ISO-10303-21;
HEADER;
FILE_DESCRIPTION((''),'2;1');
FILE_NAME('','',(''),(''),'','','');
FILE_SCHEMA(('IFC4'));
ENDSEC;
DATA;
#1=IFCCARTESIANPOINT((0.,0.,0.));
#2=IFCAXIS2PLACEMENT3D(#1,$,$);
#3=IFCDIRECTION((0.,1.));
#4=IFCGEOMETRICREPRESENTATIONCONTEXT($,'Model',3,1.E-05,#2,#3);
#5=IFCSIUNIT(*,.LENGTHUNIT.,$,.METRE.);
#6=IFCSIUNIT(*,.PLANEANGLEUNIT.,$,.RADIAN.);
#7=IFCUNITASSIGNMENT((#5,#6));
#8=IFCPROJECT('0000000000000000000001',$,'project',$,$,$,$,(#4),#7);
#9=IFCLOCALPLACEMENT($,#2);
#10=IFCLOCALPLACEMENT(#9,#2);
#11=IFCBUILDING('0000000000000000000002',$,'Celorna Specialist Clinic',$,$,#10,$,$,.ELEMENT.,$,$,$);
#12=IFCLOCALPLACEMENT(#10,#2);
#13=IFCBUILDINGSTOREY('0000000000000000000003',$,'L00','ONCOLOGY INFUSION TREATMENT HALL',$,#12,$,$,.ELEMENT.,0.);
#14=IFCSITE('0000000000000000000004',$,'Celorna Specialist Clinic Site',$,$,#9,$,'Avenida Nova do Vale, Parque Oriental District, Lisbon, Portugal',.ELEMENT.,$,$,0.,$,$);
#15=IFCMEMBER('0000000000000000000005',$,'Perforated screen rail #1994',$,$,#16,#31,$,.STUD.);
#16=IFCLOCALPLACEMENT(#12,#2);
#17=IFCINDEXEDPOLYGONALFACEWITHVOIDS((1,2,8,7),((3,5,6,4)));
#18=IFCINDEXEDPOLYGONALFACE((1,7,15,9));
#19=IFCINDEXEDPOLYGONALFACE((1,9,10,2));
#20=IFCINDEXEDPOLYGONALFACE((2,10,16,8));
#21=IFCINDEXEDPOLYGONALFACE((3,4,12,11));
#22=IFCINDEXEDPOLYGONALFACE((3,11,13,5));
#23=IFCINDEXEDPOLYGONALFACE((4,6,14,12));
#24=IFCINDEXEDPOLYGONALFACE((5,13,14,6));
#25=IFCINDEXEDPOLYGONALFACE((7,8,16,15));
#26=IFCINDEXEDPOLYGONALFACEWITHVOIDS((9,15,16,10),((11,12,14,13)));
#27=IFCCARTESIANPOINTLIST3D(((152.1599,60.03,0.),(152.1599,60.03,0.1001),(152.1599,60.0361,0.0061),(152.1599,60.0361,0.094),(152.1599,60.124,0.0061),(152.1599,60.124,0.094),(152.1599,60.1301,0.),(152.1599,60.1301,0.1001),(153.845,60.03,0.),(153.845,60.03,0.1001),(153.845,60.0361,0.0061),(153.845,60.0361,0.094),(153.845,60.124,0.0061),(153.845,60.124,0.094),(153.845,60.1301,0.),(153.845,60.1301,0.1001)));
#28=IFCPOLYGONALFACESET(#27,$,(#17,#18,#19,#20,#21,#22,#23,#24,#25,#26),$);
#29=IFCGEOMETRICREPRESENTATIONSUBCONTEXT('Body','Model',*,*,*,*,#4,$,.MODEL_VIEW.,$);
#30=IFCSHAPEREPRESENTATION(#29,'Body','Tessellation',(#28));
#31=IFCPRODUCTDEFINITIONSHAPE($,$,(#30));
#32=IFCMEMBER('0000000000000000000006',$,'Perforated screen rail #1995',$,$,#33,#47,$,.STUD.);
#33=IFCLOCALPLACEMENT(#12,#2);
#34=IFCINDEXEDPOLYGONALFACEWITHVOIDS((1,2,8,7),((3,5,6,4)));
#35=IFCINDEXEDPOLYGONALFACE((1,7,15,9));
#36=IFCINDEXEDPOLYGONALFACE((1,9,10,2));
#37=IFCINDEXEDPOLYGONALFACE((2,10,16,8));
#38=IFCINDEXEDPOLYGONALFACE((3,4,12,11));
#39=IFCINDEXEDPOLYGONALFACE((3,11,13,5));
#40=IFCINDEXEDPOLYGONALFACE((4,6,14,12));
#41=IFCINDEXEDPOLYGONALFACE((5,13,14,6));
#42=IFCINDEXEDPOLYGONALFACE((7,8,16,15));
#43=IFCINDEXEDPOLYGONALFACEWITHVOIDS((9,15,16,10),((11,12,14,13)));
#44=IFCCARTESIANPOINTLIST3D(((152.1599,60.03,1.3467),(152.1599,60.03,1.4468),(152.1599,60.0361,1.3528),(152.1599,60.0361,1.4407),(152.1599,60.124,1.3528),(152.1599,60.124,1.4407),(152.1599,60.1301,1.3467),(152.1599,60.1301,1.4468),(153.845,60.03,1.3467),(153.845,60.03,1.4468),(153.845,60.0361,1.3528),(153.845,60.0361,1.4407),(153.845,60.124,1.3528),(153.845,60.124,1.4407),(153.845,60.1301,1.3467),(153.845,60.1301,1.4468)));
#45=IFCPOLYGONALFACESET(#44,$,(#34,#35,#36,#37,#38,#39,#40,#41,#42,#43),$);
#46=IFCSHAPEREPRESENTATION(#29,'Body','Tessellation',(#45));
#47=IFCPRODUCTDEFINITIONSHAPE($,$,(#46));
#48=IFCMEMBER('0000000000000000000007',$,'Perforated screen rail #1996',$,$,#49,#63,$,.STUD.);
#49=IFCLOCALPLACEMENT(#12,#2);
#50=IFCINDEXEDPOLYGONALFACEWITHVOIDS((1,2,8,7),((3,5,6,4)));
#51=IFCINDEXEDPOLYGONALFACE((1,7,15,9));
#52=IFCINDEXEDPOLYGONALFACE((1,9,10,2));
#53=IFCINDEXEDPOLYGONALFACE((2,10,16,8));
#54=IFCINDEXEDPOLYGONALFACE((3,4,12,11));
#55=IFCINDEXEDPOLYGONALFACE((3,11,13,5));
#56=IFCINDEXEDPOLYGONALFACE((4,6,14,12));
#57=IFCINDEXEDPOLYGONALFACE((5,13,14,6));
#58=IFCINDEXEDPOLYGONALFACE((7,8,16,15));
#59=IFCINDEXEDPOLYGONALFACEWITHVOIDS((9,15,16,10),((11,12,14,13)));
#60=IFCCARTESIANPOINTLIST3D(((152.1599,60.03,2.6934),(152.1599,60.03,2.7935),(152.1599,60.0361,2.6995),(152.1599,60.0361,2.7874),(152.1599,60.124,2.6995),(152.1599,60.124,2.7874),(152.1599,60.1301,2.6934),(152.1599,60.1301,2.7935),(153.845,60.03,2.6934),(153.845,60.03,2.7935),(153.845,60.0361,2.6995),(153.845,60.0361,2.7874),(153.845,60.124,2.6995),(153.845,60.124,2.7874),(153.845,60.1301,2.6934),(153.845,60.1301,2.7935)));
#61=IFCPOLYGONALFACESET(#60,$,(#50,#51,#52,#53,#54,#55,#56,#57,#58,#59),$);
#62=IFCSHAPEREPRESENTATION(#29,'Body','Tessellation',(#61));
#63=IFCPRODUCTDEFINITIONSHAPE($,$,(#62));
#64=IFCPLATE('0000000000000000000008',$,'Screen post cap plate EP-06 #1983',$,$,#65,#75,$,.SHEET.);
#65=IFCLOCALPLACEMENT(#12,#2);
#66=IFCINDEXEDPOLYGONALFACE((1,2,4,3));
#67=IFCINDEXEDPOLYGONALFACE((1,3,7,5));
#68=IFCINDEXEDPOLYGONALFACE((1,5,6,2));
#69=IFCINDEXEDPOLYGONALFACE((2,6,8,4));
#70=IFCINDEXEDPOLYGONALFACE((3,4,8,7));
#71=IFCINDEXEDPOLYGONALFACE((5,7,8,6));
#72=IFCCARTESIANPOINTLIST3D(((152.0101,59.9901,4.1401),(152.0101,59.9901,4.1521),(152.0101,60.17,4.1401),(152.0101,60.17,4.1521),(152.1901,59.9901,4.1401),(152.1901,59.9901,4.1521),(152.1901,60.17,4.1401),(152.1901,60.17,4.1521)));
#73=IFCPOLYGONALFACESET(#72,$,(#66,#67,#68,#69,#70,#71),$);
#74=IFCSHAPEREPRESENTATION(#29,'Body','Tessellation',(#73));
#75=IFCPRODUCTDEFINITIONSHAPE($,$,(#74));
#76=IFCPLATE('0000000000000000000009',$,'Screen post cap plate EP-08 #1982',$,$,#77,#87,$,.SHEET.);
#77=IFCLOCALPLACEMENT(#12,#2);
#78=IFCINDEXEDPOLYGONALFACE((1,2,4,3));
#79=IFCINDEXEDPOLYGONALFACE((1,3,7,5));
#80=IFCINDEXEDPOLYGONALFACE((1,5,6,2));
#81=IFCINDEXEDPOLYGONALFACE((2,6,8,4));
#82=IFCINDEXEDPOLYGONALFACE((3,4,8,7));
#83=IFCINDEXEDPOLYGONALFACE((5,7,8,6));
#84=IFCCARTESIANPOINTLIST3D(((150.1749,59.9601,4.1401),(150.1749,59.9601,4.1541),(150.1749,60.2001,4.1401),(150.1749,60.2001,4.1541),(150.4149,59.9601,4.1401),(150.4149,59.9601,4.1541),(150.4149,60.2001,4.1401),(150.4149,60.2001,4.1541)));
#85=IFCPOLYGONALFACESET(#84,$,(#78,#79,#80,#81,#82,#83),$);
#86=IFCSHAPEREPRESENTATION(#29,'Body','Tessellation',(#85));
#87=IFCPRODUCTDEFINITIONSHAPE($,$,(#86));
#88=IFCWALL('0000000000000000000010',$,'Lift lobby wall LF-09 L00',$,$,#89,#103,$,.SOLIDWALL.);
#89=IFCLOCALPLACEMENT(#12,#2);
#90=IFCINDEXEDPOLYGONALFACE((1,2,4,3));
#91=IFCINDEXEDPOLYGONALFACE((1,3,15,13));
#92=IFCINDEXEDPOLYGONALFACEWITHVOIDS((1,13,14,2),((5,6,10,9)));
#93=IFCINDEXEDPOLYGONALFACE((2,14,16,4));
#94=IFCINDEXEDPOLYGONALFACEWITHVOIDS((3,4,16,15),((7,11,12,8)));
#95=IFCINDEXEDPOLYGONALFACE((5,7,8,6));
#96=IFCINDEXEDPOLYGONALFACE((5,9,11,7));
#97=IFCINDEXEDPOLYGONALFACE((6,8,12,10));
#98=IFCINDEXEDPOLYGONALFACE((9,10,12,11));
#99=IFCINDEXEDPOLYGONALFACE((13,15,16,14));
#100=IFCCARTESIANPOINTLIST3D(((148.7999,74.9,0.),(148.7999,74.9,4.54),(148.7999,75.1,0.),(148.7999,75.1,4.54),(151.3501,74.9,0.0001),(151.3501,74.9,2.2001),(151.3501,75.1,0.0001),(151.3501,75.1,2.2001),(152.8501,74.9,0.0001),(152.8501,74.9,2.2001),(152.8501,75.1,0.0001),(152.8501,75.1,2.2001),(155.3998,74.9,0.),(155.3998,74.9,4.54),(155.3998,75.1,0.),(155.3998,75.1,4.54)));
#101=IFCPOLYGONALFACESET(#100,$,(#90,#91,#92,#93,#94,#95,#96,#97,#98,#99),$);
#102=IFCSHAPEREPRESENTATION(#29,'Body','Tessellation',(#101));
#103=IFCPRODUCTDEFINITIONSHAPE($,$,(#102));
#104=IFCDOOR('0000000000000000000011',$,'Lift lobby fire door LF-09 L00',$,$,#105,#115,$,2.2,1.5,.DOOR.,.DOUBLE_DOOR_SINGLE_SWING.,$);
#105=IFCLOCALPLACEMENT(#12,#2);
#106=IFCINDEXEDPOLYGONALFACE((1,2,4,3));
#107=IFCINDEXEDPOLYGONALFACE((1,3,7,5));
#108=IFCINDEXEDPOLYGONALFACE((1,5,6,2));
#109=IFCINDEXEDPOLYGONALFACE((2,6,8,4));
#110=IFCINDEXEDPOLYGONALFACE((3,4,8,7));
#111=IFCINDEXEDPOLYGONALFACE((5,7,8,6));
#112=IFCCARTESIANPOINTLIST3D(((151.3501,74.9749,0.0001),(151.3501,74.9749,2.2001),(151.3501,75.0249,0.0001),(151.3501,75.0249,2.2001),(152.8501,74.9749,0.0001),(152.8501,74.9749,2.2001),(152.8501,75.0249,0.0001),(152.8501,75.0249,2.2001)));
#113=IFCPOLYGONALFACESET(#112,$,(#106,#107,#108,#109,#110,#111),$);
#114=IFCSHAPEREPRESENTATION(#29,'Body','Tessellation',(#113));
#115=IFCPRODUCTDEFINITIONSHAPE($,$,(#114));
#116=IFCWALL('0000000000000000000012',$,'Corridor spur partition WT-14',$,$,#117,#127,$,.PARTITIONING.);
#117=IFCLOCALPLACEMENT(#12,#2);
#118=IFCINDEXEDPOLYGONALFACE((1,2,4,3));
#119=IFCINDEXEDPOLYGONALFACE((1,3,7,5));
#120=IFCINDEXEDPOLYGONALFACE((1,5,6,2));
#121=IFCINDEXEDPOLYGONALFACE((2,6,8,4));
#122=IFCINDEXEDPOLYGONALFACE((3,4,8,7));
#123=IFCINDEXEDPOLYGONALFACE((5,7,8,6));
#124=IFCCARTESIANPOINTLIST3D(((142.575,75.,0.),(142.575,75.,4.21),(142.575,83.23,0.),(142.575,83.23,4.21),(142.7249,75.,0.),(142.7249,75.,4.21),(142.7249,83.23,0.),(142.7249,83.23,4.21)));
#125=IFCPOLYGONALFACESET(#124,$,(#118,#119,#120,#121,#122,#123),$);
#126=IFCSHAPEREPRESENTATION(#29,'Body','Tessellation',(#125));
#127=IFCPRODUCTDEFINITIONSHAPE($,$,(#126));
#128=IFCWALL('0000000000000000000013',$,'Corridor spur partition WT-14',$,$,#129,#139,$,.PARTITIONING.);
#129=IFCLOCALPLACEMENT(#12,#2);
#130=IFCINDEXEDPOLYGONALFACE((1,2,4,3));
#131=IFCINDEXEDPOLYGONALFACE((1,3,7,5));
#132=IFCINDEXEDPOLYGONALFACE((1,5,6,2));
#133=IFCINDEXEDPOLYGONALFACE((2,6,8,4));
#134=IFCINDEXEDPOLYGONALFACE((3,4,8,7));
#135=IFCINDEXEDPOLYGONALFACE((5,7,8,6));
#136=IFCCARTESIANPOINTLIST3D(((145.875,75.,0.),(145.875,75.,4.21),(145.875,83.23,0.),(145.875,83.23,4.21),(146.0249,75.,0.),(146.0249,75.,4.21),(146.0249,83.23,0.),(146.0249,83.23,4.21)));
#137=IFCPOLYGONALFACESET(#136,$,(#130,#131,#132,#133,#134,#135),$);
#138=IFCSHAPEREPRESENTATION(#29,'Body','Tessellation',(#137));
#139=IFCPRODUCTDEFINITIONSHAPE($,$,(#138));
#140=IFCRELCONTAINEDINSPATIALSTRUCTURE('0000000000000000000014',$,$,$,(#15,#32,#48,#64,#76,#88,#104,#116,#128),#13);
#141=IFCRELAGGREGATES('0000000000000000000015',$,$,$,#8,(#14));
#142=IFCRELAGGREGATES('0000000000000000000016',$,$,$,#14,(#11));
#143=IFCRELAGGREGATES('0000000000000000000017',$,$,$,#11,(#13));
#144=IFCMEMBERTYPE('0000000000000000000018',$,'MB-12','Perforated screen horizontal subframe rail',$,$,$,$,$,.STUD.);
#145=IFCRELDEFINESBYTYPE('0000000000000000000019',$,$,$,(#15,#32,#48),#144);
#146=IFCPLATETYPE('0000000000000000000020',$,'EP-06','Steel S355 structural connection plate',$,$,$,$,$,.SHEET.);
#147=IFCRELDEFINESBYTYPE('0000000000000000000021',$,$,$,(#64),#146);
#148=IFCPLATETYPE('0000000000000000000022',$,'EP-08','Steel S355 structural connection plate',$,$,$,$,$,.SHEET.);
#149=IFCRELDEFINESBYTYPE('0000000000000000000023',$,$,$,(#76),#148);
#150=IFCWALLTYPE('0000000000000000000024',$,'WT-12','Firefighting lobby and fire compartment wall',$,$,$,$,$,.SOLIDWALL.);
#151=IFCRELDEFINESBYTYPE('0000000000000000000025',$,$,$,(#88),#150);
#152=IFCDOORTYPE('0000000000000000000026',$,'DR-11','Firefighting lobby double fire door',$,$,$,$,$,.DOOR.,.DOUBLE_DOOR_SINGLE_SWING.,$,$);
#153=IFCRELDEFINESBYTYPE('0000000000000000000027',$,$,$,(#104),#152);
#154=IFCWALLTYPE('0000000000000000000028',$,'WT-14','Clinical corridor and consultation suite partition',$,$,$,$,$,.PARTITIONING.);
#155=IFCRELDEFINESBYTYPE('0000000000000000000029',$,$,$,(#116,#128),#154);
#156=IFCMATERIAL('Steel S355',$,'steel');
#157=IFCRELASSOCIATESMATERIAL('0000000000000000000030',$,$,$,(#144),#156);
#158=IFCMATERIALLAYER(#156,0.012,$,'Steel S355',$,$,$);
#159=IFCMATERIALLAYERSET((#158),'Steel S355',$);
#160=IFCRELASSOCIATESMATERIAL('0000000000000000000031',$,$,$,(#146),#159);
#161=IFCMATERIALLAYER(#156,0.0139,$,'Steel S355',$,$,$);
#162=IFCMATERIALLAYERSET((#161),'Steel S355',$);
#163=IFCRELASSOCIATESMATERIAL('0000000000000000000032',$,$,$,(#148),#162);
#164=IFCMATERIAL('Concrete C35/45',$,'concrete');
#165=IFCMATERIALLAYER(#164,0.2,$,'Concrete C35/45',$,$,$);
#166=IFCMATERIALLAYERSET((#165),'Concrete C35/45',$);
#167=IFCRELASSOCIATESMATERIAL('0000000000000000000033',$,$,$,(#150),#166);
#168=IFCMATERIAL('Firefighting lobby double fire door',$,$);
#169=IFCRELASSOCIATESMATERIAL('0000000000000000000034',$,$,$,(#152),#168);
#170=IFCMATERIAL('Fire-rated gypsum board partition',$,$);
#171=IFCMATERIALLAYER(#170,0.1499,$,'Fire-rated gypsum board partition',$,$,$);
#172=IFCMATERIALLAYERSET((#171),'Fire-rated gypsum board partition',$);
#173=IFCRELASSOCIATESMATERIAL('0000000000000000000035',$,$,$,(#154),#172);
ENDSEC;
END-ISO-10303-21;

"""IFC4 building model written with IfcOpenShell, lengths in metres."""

from ifc_helpers import new_model, si_unit, direction, frame, frame_2d, origin, origin_2d, place, context, subcontext, project, spatial, rectangle, hollow_rectangle, extrude, material, layer, layer_set, material_profile, profile_set, type_object, element, fill, save


model = new_model("IFC4")

# Units and contexts
model_context = context("Model", 3, precision=1e-05, world=origin(), true_north=direction((0.0, 1.0)))
body_context = subcontext(model_context, "Body", "Model", "MODEL_VIEW")
ifc_project = project(units=[si_unit("LENGTHUNIT", "METRE"), si_unit("PLANEANGLEUNIT", "RADIAN")], contexts=[model_context])

# Site, building, storey
site_placement = place(None, origin())
site = spatial("IfcSite", under=ifc_project, at=site_placement, Name="Celorna Specialist Clinic Site", LongName="Avenida Nova do Vale, Parque Oriental District, Lisbon, Portugal", CompositionType="ELEMENT", RefElevation=0.0)
building_placement = place(site_placement, origin())
building = spatial("IfcBuilding", under=site, at=building_placement, Name="Celorna Specialist Clinic", CompositionType="ELEMENT")
storey_placement = place(building_placement, origin())
storey = spatial("IfcBuildingStorey", under=building, at=storey_placement, Name="L00", Description="ONCOLOGY INFUSION TREATMENT HALL", CompositionType="ELEMENT", Elevation=0.0)

# Shared definitions
ifc_material_1 = material(Name="Steel S355", Category="steel")

# Members
ifc_material_profile_1 = material_profile(ifc_material_1, hollow_rectangle(XDim=0.1001, YDim=0.1001, WallThickness=0.0061, at=origin_2d()), Name="SHS 100x100x6")
ifc_profile_set_1 = profile_set([ifc_material_profile_1], Name="Steel S355")
member_type_1 = type_object("IfcMemberType", Name="MB-12", Description="Perforated screen horizontal subframe rail", PredefinedType="STUD", material=ifc_profile_set_1)
for number, where, z_axis, x_axis, name in (
    (1, (152.1599, 60.0801, 0.05), (1.0, 0.0, 0.0), (0.0, 1.0, 0.0), "Perforated screen rail #1994"),
    (2, (152.1599, 60.0801, 1.3967), (1.0, 0.0, 0.0), (0.0, 1.0, 0.0), "Perforated screen rail #1995"),
    (3, (152.1599, 60.0801, 2.7434), (1.0, 0.0, 0.0), (0.0, 1.0, 0.0), "Perforated screen rail #1996"),
):
    element("IfcMember", number, at=place(storey_placement, frame(where, z_axis=z_axis, x_axis=x_axis)), inside=storey, type_object=member_type_1, Name=name, PredefinedType="STUD", context=body_context, shape_type="SweptSolid", body=[
        extrude(hollow_rectangle(XDim=0.1001, YDim=0.1001, WallThickness=0.0061, at=origin_2d()), origin(), (0.0, 0.0, 1.0), 1.6851),
    ])

# Plates
ifc_layer_1 = layer(ifc_material_1, 0.012, Name="Steel S355")
ifc_layer_set_1 = layer_set([ifc_layer_1], Name="Steel S355")
plate_type_1 = type_object("IfcPlateType", Name="EP-06", Description="Steel S355 structural connection plate", PredefinedType="SHEET", material=ifc_layer_set_1)
plate_1_placement = place(storey_placement, frame((152.1001, 60.0801, 4.1401), z_axis=(0.0, 0.0, 1.0), x_axis=(1.0, 0.0, 0.0)))
element("IfcPlate", 4, at=plate_1_placement, inside=storey, type_object=plate_type_1, Name="Screen post cap plate EP-06 #1983", PredefinedType="SHEET", context=body_context, shape_type="SweptSolid", body=[
    extrude(rectangle(XDim=0.1799, YDim=0.1799, at=origin_2d()), origin(), (0.0, 0.0, 1.0), 0.012),
])
ifc_layer_2 = layer(ifc_material_1, 0.0139, Name="Steel S355")
ifc_layer_set_2 = layer_set([ifc_layer_2], Name="Steel S355")
plate_type_2 = type_object("IfcPlateType", Name="EP-08", Description="Steel S355 structural connection plate", PredefinedType="SHEET", material=ifc_layer_set_2)
plate_2_placement = place(storey_placement, frame((150.2949, 60.0801, 4.1401), z_axis=(0.0, 0.0, 1.0), x_axis=(1.0, 0.0, 0.0)))
element("IfcPlate", 5, at=plate_2_placement, inside=storey, type_object=plate_type_2, Name="Screen post cap plate EP-08 #1982", PredefinedType="SHEET", context=body_context, shape_type="SweptSolid", body=[
    extrude(rectangle(XDim=0.24, YDim=0.24, at=origin_2d()), origin(), (0.0, 0.0, 1.0), 0.0139),
])

# Wall, opening, door
ifc_material_2 = material(Name="Concrete C35/45", Category="concrete")
ifc_layer_3 = layer(ifc_material_2, 0.2, Name="Concrete C35/45")
ifc_layer_set_3 = layer_set([ifc_layer_3], Name="Concrete C35/45")
wall_type_1 = type_object("IfcWallType", Name="WT-12", Description="Firefighting lobby and fire compartment wall", PredefinedType="SOLIDWALL", material=ifc_layer_set_3)
wall_placement = place(storey_placement, frame((148.8, 75.0, 0.0), z_axis=(0.0, 0.0, 1.0), x_axis=(1.0, 0.0, 0.0)))
wall = element("IfcWall", 6, at=wall_placement, inside=storey, type_object=wall_type_1, Name="Lift lobby wall LF-09 L00", PredefinedType="SOLIDWALL", context=body_context, shape_type="SweptSolid", body=[
    extrude(rectangle(XDim=6.5999, YDim=0.2, at=frame_2d((3.2998, 0.0))), origin(), (0.0, 0.0, 1.0), 4.54),
])
opening_placement = place(wall_placement, frame((2.55, 0.0, 0.0)))
opening = element("IfcOpeningElement", 7, at=opening_placement, cuts=wall, PredefinedType="OPENING", context=body_context, shape_type="SweptSolid", body=[
    extrude(rectangle(XDim=1.5, YDim=2.2, at=frame_2d((0.75, 1.1001))), frame((0.0, 0.1099, 0.0), z_axis=(0.0, -1.0, 0.0), x_axis=(1.0, 0.0, 0.0)), (0.0, 0.0, 1.0), 0.22),
])
ifc_material_3 = material(Name="Firefighting lobby double fire door")
door_type = type_object("IfcDoorType", Name="DR-11", Description="Firefighting lobby double fire door", OperationType="DOUBLE_DOOR_SINGLE_SWING", PredefinedType="DOOR", material=ifc_material_3)
door_placement = place(opening_placement, origin())
door = element("IfcDoor", 8, at=door_placement, inside=storey, type_object=door_type, Name="Lift lobby fire door LF-09 L00", OperationType="DOUBLE_DOOR_SINGLE_SWING", OverallHeight=2.2, OverallWidth=1.5, PredefinedType="DOOR", context=body_context, shape_type="SweptSolid", body=[
    extrude(rectangle(XDim=1.5, YDim=2.2, at=frame_2d((0.75, 1.1001))), frame((0.0, 0.0249, 0.0), z_axis=(0.0, -1.0, 0.0), x_axis=(1.0, 0.0, 0.0)), (0.0, 0.0, 1.0), 0.05),
])
fill(opening, door)

# Walls
ifc_material_4 = material(Name="Fire-rated gypsum board partition")
ifc_layer_4 = layer(ifc_material_4, 0.1499, Name="Fire-rated gypsum board partition")
ifc_layer_set_4 = layer_set([ifc_layer_4], Name="Fire-rated gypsum board partition")
wall_type_2 = type_object("IfcWallType", Name="WT-14", Description="Clinical corridor and consultation suite partition", PredefinedType="PARTITIONING", material=ifc_layer_set_4)
for number, where, z_axis, x_axis, name in (
    (9, (142.6499, 75.0, 0.0), (0.0, 0.0, 1.0), (0.0, 1.0, 0.0), "Corridor spur partition WT-14"),
    (10, (145.95, 75.0, 0.0), (0.0, 0.0, 1.0), (0.0, 1.0, 0.0), "Corridor spur partition WT-14"),
):
    element("IfcWall", number, at=place(storey_placement, frame(where, z_axis=z_axis, x_axis=x_axis)), inside=storey, type_object=wall_type_2, Name=name, PredefinedType="PARTITIONING", context=body_context, shape_type="SweptSolid", body=[
        extrude(rectangle(XDim=8.23, YDim=0.1499, at=frame_2d((4.115, 0.0))), origin(), (0.0, 0.0, 1.0), 4.21),
    ])

save(model, "model.ifc")
